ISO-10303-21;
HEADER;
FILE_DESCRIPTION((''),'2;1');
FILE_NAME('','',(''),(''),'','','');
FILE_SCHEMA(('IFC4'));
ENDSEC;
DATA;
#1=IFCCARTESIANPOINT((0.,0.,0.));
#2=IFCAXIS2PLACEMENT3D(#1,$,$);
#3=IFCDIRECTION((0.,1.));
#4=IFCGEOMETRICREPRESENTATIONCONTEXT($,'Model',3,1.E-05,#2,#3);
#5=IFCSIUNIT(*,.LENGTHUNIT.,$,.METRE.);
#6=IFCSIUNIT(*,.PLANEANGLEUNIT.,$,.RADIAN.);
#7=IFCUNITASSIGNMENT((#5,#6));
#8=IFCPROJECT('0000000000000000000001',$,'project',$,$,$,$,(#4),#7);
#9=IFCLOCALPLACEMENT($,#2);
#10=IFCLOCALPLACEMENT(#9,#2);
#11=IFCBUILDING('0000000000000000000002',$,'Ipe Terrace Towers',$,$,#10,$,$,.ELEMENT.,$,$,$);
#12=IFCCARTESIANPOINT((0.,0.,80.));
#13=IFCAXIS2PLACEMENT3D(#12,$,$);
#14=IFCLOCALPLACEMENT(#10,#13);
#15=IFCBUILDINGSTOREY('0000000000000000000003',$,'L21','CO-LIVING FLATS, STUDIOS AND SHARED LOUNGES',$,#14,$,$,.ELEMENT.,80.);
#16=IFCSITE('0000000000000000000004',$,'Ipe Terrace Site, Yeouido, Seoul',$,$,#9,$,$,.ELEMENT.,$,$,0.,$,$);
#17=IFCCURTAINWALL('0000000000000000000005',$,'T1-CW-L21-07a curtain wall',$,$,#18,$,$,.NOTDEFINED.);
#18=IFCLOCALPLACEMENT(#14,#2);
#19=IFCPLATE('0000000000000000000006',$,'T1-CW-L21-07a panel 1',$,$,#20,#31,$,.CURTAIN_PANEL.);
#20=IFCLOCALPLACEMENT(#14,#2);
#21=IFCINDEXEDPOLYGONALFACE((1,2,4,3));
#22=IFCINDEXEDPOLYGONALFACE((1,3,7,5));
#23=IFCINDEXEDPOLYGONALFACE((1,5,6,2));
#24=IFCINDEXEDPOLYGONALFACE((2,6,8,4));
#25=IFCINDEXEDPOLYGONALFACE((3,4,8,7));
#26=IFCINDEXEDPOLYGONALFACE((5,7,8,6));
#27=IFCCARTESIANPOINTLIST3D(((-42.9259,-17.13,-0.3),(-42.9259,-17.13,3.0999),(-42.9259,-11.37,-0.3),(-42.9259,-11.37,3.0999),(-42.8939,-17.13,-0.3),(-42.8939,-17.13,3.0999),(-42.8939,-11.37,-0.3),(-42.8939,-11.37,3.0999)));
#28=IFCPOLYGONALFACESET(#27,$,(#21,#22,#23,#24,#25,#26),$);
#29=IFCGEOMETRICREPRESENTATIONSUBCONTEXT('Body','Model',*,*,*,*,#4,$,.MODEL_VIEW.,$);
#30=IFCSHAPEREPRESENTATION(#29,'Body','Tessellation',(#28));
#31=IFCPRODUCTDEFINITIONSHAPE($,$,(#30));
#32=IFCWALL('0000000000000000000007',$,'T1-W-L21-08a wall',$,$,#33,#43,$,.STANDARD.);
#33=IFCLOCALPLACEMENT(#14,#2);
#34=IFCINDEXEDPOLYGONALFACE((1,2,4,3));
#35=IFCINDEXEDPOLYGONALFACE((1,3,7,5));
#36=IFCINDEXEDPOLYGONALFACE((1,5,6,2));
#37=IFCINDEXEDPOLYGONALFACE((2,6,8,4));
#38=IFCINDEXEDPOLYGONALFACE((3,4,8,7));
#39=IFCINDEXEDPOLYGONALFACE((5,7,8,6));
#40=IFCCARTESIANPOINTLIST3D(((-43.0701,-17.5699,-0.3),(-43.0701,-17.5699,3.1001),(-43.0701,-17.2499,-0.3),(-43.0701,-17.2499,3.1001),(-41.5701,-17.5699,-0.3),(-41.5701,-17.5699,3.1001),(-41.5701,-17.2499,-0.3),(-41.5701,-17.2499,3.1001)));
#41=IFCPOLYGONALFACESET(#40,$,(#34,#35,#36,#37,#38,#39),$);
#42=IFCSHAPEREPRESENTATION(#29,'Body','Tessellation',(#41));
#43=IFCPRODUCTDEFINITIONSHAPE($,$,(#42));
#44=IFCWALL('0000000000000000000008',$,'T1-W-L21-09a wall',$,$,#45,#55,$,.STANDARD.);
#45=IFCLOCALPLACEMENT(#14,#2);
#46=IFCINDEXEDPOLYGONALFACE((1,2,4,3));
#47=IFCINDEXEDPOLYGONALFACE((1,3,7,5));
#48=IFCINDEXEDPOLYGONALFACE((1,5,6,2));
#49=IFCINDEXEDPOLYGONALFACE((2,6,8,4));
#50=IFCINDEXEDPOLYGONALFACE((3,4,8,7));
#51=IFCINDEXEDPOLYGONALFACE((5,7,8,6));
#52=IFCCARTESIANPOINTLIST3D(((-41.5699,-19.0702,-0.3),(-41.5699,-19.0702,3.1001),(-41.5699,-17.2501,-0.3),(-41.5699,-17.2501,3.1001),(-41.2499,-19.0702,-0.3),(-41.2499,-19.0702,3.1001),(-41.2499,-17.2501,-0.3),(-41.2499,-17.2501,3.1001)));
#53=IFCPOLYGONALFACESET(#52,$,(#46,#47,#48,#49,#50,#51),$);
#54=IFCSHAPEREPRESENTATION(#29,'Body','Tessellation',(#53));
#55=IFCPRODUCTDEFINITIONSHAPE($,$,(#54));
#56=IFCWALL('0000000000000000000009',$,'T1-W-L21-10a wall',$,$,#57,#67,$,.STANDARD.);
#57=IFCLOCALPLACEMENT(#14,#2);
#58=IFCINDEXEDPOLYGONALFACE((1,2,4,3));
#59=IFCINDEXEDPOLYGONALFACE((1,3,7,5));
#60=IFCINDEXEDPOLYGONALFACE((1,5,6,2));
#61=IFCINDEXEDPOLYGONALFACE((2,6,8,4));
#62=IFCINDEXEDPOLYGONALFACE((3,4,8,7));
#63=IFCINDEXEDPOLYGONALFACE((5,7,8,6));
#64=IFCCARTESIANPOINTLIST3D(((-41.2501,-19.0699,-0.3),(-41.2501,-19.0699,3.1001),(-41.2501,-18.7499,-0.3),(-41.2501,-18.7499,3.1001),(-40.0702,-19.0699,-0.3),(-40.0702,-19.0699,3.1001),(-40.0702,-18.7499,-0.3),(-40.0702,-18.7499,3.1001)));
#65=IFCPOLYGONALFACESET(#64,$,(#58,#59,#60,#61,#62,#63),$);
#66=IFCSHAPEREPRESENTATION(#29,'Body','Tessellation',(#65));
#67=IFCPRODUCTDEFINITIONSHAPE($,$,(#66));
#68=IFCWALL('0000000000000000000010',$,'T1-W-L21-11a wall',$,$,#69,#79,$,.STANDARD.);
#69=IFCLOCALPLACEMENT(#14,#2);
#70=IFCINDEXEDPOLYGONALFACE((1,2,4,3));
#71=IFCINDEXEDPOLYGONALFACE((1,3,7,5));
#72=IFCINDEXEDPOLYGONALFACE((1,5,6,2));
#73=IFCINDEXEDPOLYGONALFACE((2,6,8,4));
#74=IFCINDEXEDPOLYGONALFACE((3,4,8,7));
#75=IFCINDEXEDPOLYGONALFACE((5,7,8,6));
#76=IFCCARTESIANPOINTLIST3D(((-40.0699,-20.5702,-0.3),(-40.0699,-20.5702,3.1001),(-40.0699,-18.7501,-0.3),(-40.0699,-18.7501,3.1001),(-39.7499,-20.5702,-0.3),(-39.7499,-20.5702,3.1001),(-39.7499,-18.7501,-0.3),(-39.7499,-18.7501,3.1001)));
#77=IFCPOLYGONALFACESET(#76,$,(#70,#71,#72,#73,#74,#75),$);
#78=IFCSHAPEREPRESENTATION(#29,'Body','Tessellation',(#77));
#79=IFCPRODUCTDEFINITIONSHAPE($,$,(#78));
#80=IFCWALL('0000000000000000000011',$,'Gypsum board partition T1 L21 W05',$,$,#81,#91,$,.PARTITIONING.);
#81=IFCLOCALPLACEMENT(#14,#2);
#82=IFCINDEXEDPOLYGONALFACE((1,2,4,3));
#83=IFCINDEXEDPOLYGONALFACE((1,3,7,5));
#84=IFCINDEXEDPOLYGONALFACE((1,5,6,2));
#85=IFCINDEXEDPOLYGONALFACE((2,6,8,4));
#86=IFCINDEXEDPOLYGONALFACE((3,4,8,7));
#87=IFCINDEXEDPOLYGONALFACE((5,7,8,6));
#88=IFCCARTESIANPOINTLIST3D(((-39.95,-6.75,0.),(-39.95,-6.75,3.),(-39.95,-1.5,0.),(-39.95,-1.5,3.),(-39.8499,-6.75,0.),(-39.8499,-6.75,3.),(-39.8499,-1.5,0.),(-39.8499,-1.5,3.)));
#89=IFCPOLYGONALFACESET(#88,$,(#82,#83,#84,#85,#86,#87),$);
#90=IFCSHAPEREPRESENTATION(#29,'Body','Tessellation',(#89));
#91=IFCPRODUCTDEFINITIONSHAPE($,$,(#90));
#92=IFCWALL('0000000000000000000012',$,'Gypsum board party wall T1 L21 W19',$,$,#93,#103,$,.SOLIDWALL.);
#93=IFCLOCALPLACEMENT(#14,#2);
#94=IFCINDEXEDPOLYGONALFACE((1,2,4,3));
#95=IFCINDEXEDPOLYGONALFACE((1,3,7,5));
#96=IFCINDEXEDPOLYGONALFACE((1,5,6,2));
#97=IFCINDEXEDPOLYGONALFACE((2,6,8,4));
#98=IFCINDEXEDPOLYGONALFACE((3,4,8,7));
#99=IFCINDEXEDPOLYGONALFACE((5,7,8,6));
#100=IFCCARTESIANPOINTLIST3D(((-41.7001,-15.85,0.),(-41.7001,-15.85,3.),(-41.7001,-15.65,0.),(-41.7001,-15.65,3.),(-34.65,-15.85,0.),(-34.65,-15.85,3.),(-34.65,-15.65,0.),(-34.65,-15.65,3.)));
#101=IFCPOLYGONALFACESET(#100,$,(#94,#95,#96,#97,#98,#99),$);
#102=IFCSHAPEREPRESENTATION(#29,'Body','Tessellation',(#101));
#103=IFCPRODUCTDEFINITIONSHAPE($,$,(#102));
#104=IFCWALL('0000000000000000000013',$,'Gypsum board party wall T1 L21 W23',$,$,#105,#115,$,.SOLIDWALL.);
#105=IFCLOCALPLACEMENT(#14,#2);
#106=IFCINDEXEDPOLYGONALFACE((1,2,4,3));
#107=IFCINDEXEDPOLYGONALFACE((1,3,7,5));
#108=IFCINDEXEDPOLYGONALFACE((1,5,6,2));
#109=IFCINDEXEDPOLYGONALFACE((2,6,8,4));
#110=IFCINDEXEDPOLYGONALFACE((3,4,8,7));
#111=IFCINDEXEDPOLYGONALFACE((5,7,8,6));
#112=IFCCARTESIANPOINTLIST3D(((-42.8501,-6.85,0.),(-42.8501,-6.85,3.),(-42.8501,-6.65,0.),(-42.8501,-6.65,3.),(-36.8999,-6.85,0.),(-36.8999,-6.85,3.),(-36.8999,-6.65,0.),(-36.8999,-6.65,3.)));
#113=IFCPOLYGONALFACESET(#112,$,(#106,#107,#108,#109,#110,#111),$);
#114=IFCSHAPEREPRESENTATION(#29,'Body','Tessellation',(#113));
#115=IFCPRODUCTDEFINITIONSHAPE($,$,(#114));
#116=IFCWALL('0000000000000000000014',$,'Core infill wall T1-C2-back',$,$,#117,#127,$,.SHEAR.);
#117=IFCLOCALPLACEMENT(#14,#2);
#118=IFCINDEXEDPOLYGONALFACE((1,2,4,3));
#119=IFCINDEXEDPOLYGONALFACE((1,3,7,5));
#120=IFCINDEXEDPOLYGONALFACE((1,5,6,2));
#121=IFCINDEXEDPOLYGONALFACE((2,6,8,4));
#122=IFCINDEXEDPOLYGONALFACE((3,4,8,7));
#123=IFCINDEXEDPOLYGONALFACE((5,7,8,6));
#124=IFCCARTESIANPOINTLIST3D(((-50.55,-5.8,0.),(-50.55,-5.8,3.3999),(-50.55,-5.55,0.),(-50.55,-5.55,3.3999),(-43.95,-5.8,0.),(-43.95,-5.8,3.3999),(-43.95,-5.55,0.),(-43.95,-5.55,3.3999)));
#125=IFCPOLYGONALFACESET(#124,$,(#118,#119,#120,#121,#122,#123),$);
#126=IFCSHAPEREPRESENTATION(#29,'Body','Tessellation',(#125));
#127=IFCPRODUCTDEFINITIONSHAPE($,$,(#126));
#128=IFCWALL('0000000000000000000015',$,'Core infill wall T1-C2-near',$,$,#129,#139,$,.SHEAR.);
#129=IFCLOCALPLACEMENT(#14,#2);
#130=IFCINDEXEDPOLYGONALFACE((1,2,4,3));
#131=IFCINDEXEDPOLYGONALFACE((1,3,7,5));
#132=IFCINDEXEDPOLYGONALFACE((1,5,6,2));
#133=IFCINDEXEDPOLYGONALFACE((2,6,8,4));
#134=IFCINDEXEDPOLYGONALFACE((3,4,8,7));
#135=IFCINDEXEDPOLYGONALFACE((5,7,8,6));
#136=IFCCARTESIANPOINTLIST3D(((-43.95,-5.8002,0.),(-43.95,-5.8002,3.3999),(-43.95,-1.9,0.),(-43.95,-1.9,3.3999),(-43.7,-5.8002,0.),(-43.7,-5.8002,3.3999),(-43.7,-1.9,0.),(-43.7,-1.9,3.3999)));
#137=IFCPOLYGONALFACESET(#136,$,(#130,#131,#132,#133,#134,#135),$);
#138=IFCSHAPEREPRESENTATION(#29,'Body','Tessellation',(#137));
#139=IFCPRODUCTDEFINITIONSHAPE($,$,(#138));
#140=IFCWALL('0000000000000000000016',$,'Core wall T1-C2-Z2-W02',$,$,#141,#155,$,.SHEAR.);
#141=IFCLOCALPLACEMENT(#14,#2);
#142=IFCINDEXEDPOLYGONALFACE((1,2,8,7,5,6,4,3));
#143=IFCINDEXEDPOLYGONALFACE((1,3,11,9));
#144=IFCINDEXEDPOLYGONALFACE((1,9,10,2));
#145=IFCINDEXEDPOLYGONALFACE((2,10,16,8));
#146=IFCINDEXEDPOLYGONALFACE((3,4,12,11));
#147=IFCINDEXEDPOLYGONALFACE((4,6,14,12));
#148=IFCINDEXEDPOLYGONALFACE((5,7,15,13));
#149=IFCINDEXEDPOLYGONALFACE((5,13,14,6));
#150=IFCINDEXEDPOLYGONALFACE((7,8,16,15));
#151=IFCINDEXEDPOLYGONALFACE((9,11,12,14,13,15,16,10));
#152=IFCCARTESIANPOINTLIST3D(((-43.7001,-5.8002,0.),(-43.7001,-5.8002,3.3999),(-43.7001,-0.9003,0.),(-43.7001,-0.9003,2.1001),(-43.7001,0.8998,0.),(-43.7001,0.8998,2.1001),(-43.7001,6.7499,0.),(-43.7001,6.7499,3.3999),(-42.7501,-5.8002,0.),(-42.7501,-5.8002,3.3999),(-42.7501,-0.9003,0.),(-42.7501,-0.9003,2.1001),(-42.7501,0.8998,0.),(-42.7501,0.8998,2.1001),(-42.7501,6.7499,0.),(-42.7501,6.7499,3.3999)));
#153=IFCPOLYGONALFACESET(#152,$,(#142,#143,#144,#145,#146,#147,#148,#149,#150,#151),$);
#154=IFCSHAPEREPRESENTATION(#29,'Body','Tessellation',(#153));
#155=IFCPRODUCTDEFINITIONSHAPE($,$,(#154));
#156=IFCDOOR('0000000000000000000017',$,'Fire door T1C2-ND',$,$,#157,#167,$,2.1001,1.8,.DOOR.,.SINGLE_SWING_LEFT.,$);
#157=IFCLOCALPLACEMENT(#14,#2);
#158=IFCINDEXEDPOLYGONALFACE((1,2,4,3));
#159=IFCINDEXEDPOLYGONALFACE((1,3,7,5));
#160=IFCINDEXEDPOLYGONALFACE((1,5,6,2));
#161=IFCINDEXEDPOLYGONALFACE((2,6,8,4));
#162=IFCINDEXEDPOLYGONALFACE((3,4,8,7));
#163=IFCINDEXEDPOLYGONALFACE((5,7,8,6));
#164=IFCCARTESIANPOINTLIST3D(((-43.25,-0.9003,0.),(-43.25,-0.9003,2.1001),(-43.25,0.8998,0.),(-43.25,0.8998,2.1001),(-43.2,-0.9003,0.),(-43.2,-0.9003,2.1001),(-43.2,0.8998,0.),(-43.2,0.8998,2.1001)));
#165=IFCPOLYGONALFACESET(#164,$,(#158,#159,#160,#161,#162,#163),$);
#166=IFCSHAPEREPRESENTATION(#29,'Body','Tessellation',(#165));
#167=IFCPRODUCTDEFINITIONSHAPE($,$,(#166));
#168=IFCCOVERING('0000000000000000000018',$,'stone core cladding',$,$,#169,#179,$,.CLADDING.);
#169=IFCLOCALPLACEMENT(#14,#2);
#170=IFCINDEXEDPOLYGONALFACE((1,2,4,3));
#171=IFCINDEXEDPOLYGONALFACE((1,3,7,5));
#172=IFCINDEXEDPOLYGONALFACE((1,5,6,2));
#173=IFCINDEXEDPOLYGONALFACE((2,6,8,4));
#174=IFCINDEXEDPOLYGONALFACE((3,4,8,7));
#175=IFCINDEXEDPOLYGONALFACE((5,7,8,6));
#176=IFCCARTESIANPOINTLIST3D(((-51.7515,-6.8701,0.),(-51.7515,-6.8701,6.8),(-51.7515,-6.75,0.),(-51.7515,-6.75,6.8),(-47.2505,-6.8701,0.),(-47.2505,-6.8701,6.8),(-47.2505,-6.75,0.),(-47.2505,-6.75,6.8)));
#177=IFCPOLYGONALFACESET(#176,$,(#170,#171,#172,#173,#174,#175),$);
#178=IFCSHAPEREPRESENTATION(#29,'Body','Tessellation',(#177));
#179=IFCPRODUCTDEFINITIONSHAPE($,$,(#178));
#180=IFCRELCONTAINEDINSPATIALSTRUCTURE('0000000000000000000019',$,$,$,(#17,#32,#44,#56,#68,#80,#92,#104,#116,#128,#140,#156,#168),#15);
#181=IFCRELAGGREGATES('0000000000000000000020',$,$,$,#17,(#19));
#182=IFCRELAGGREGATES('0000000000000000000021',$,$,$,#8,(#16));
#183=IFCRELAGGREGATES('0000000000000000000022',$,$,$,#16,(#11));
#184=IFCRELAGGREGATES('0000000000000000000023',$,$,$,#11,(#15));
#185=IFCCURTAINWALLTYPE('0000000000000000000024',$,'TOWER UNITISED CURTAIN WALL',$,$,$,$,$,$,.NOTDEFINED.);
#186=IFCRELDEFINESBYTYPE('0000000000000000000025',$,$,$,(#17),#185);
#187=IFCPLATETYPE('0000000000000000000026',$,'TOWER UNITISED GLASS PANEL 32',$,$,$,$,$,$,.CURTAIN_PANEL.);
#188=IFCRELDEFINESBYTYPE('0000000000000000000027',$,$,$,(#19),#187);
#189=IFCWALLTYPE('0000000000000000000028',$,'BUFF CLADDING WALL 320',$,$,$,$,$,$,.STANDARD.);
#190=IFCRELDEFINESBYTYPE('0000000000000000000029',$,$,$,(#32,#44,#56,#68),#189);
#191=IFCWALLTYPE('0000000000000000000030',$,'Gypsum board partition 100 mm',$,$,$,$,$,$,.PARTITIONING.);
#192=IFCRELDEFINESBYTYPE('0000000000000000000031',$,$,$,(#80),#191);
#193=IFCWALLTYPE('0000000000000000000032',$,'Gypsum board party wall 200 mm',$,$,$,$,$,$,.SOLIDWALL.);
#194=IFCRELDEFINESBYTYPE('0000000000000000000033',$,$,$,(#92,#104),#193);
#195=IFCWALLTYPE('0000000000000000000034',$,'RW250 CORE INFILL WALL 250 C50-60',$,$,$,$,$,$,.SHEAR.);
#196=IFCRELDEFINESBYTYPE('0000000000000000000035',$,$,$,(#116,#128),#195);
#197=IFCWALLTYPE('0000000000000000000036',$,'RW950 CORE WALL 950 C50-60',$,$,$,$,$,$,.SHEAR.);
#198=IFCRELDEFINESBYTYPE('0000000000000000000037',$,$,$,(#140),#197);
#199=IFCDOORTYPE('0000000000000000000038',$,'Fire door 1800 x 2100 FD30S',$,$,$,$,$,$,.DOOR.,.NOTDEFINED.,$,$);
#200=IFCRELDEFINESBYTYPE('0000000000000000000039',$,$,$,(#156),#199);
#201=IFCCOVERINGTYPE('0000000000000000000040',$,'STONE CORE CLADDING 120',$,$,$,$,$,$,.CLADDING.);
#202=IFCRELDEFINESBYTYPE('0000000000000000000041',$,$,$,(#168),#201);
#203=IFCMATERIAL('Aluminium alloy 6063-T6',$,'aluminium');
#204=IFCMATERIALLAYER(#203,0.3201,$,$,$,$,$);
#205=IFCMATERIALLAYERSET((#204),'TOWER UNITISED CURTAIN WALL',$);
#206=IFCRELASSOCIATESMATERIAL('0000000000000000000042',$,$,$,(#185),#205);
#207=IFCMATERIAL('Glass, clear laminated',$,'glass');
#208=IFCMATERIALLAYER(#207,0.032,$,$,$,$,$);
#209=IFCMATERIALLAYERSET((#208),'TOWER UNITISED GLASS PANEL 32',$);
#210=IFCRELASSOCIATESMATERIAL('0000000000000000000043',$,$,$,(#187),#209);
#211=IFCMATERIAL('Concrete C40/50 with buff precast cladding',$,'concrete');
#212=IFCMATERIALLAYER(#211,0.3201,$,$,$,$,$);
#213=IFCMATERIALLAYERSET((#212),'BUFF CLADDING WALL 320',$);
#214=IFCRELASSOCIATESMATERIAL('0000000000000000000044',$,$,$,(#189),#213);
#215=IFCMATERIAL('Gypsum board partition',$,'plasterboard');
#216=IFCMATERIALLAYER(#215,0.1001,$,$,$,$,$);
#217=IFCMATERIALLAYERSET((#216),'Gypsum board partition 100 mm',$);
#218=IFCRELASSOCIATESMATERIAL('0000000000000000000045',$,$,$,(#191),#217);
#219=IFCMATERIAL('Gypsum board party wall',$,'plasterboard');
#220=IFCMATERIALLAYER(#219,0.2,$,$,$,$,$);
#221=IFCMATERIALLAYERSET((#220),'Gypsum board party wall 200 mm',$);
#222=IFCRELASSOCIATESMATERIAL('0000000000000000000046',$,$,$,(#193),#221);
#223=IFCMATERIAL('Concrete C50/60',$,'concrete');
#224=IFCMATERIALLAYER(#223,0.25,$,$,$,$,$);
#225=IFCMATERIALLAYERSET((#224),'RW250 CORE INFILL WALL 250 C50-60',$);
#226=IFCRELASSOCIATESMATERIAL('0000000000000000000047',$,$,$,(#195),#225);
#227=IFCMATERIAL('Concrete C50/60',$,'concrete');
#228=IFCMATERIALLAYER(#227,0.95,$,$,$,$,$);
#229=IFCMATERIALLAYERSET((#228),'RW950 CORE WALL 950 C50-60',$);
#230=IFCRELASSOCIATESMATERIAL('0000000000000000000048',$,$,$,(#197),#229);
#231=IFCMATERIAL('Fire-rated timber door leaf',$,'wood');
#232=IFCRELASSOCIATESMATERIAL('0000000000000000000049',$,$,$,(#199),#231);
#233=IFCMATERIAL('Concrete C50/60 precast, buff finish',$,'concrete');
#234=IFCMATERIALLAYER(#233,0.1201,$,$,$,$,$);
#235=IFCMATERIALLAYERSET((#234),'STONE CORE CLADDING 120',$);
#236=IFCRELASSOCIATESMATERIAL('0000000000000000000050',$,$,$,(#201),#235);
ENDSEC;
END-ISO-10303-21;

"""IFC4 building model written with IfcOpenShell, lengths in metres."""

from ifc_helpers import new_model, si_unit, direction, frame, frame_2d, origin, origin_2d, place, context, subcontext, project, spatial, rectangle, extrude, material, layer, layer_set, type_object, element, fill, aggregate, save


model = new_model("IFC4")

# Units and contexts
model_context = context("Model", 3, precision=1e-05, world=origin(), true_north=direction((0.0, 1.0)))
body_context = subcontext(model_context, "Body", "Model", "MODEL_VIEW")
ifc_project = project(units=[si_unit("LENGTHUNIT", "METRE"), si_unit("PLANEANGLEUNIT", "RADIAN")], contexts=[model_context])

# Site, building, storey
site_placement = place(None, origin())
site = spatial("IfcSite", under=ifc_project, at=site_placement, Name="Ipe Terrace Site, Yeouido, Seoul", CompositionType="ELEMENT", RefElevation=0.0)
building_placement = place(site_placement, origin())
building = spatial("IfcBuilding", under=site, at=building_placement, Name="Ipe Terrace Towers", CompositionType="ELEMENT")
storey_placement = place(building_placement, frame((0.0, 0.0, 80.0)))
storey = spatial("IfcBuildingStorey", under=building, at=storey_placement, Name="L21", Description="CO-LIVING FLATS, STUDIOS AND SHARED LOUNGES", CompositionType="ELEMENT", Elevation=80.0)

# Curtain wall
ifc_material_1 = material(Name="Aluminium alloy 6063-T6", Category="aluminium")
ifc_layer_1 = layer(ifc_material_1, 0.3201)
ifc_layer_set_1 = layer_set([ifc_layer_1], Name="TOWER UNITISED CURTAIN WALL")
curtain_wall_type = type_object("IfcCurtainWallType", Name="TOWER UNITISED CURTAIN WALL", PredefinedType="NOTDEFINED", material=ifc_layer_set_1)
curtain_wall_1_placement = place(storey_placement, origin())
curtain_wall_1 = element("IfcCurtainWall", 1, at=curtain_wall_1_placement, inside=storey, type_object=curtain_wall_type, Name="T1-CW-L21-07a curtain wall", PredefinedType="NOTDEFINED")

# Plate
ifc_material_2 = material(Name="Glass, clear laminated", Category="glass")
ifc_layer_2 = layer(ifc_material_2, 0.032)
ifc_layer_set_2 = layer_set([ifc_layer_2], Name="TOWER UNITISED GLASS PANEL 32")
plate_type = type_object("IfcPlateType", Name="TOWER UNITISED GLASS PANEL 32", PredefinedType="CURTAIN_PANEL", material=ifc_layer_set_2)
plate_1_placement = place(storey_placement, frame((-42.9099, -14.25, -0.3), z_axis=(0.0, 0.0, 1.0), x_axis=(0.0, -1.0, 0.0)))
plate_1 = element("IfcPlate", 2, at=plate_1_placement, type_object=plate_type, Name="T1-CW-L21-07a panel 1", PredefinedType="CURTAIN_PANEL", context=body_context, shape_type="SweptSolid", body=[
    extrude(rectangle(XDim=5.76, YDim=0.032, at=origin_2d()), origin(), (0.0, 0.0, 1.0), 3.3999),
])
aggregate(curtain_wall_1, [plate_1])

# Walls
ifc_material_3 = material(Name="Concrete C40/50 with buff precast cladding", Category="concrete")
ifc_layer_3 = layer(ifc_material_3, 0.3201)
ifc_layer_set_3 = layer_set([ifc_layer_3], Name="BUFF CLADDING WALL 320")
wall_type_1 = type_object("IfcWallType", Name="BUFF CLADDING WALL 320", PredefinedType="STANDARD", material=ifc_layer_set_3)
wall_1_placement = place(storey_placement, frame((-43.0701, -17.4099, -0.3), z_axis=(0.0, 0.0, 1.0), x_axis=(1.0, 0.0, 0.0)))
element("IfcWall", 3, at=wall_1_placement, inside=storey, type_object=wall_type_1, Name="T1-W-L21-08a wall", PredefinedType="STANDARD", context=body_context, shape_type="SweptSolid", body=[
    extrude(rectangle(XDim=1.5, YDim=0.3201, at=frame_2d((0.75, 0.0))), origin(), (0.0, 0.0, 1.0), 3.4001),
])
wall_2_placement = place(storey_placement, frame((-41.4099, -17.25, -0.3), z_axis=(0.0, 0.0, 1.0), x_axis=(0.0, -1.0, 0.0)))
element("IfcWall", 4, at=wall_2_placement, inside=storey, type_object=wall_type_1, Name="T1-W-L21-09a wall", PredefinedType="STANDARD", context=body_context, shape_type="SweptSolid", body=[
    extrude(rectangle(XDim=1.8201, YDim=0.3201, at=frame_2d((0.9102, 0.0))), origin(), (0.0, 0.0, 1.0), 3.4001),
])
wall_3_placement = place(storey_placement, frame((-41.25, -18.9099, -0.3), z_axis=(0.0, 0.0, 1.0), x_axis=(1.0, 0.0, 0.0)))
element("IfcWall", 5, at=wall_3_placement, inside=storey, type_object=wall_type_1, Name="T1-W-L21-10a wall", PredefinedType="STANDARD", context=body_context, shape_type="SweptSolid", body=[
    extrude(rectangle(XDim=1.1799, YDim=0.3201, at=frame_2d((0.5898, 0.0))), origin(), (0.0, 0.0, 1.0), 3.4001),
])
wall_4_placement = place(storey_placement, frame((-39.9099, -18.75, -0.3), z_axis=(0.0, 0.0, 1.0), x_axis=(0.0, -1.0, 0.0)))
element("IfcWall", 6, at=wall_4_placement, inside=storey, type_object=wall_type_1, Name="T1-W-L21-11a wall", PredefinedType="STANDARD", context=body_context, shape_type="SweptSolid", body=[
    extrude(rectangle(XDim=1.8201, YDim=0.3201, at=frame_2d((0.9102, 0.0))), origin(), (0.0, 0.0, 1.0), 3.4001),
])
ifc_material_4 = material(Name="Gypsum board partition", Category="plasterboard")
ifc_layer_4 = layer(ifc_material_4, 0.1001)
ifc_layer_set_4 = layer_set([ifc_layer_4], Name="Gypsum board partition 100 mm")
wall_type_2 = type_object("IfcWallType", Name="Gypsum board partition 100 mm", PredefinedType="PARTITIONING", material=ifc_layer_set_4)
wall_5_placement = place(storey_placement, frame((-39.8999, -6.75, 0.0), z_axis=(0.0, 0.0, 1.0), x_axis=(0.0, 1.0, 0.0)))
element("IfcWall", 7, at=wall_5_placement, inside=storey, type_object=wall_type_2, Name="Gypsum board partition T1 L21 W05", PredefinedType="PARTITIONING", context=body_context, shape_type="SweptSolid", body=[
    extrude(rectangle(XDim=5.25, YDim=0.1001, at=frame_2d((2.625, 0.0))), origin(), (0.0, 0.0, 1.0), 3.0),
])
ifc_material_5 = material(Name="Gypsum board party wall", Category="plasterboard")
ifc_layer_5 = layer(ifc_material_5, 0.2)
ifc_layer_set_5 = layer_set([ifc_layer_5], Name="Gypsum board party wall 200 mm")
wall_type_3 = type_object("IfcWallType", Name="Gypsum board party wall 200 mm", PredefinedType="SOLIDWALL", material=ifc_layer_set_5)
wall_6_placement = place(storey_placement, frame((-41.7, -15.75, 0.0), z_axis=(0.0, 0.0, 1.0), x_axis=(1.0, 0.0, 0.0)))
element("IfcWall", 8, at=wall_6_placement, inside=storey, type_object=wall_type_3, Name="Gypsum board party wall T1 L21 W19", PredefinedType="SOLIDWALL", context=body_context, shape_type="SweptSolid", body=[
    extrude(rectangle(XDim=7.05, YDim=0.2, at=frame_2d((3.5249, 0.0))), origin(), (0.0, 0.0, 1.0), 3.0),
])
wall_7_placement = place(storey_placement, frame((-42.8501, -6.75, 0.0), z_axis=(0.0, 0.0, 1.0), x_axis=(1.0, 0.0, 0.0)))
element("IfcWall", 9, at=wall_7_placement, inside=storey, type_object=wall_type_3, Name="Gypsum board party wall T1 L21 W23", PredefinedType="SOLIDWALL", context=body_context, shape_type="SweptSolid", body=[
    extrude(rectangle(XDim=5.9502, YDim=0.2, at=frame_2d((2.9751, 0.0))), origin(), (0.0, 0.0, 1.0), 3.0),
])
ifc_material_6 = material(Name="Concrete C50/60", Category="concrete")
ifc_layer_6 = layer(ifc_material_6, 0.25)
ifc_layer_set_6 = layer_set([ifc_layer_6], Name="RW250 CORE INFILL WALL 250 C50-60")
wall_type_4 = type_object("IfcWallType", Name="RW250 CORE INFILL WALL 250 C50-60", PredefinedType="SHEAR", material=ifc_layer_set_6)
wall_8_placement = place(storey_placement, frame((-43.95, -5.675, 0.0), z_axis=(0.0, 0.0, 1.0), x_axis=(-1.0, 0.0, 0.0)))
element("IfcWall", 10, at=wall_8_placement, inside=storey, type_object=wall_type_4, Name="Core infill wall T1-C2-back", PredefinedType="SHEAR", context=body_context, shape_type="SweptSolid", body=[
    extrude(rectangle(XDim=6.6001, YDim=0.25, at=frame_2d((3.3, 0.0))), origin(), (0.0, 0.0, 1.0), 3.3999),
])
wall_9_placement = place(storey_placement, frame((-43.825, -1.8999, 0.0), z_axis=(0.0, 0.0, 1.0), x_axis=(0.0, -1.0, 0.0)))
element("IfcWall", 11, at=wall_9_placement, inside=storey, type_object=wall_type_4, Name="Core infill wall T1-C2-near", PredefinedType="SHEAR", context=body_context, shape_type="SweptSolid", body=[
    extrude(rectangle(XDim=3.9001, YDim=0.25, at=frame_2d((1.9502, 0.0))), origin(), (0.0, 0.0, 1.0), 3.3999),
])

# Wall, opening, door
ifc_material_7 = material(Name="Concrete C50/60", Category="concrete")
ifc_layer_7 = layer(ifc_material_7, 0.95)
ifc_layer_set_7 = layer_set([ifc_layer_7], Name="RW950 CORE WALL 950 C50-60")
wall_type_5 = type_object("IfcWallType", Name="RW950 CORE WALL 950 C50-60", PredefinedType="SHEAR", material=ifc_layer_set_7)
wall_10_placement = place(storey_placement, frame((-43.2251, -5.8, 0.0), z_axis=(0.0, 0.0, 1.0), x_axis=(0.0, 1.0, 0.0)))
wall_10 = element("IfcWall", 12, at=wall_10_placement, inside=storey, type_object=wall_type_5, Name="Core wall T1-C2-Z2-W02", PredefinedType="SHEAR", context=body_context, shape_type="SweptSolid", body=[
    extrude(rectangle(XDim=12.55, YDim=0.95, at=frame_2d((6.2749, 0.0))), origin(), (0.0, 0.0, 1.0), 3.3999),
])
opening_placement = place(wall_10_placement, frame((4.8999, 0.0, 0.0)))
opening = element("IfcOpeningElement", 13, at=opening_placement, cuts=wall_10, PredefinedType="OPENING", context=body_context, shape_type="SweptSolid", body=[
    extrude(rectangle(XDim=1.8, YDim=2.1001, at=frame_2d((0.8999, 1.05))), frame((0.0, 0.4849, 0.0), z_axis=(0.0, -1.0, 0.0), x_axis=(1.0, 0.0, 0.0)), (0.0, 0.0, 1.0), 0.97),
])
ifc_material_8 = material(Name="Fire-rated timber door leaf", Category="wood")
door_type = type_object("IfcDoorType", Name="Fire door 1800 x 2100 FD30S", OperationType="NOTDEFINED", PredefinedType="DOOR", material=ifc_material_8)
door_placement = place(opening_placement, origin())
door = element("IfcDoor", 14, at=door_placement, inside=storey, type_object=door_type, Name="Fire door T1C2-ND", OperationType="SINGLE_SWING_LEFT", OverallHeight=2.1001, OverallWidth=1.8, PredefinedType="DOOR", context=body_context, shape_type="SweptSolid", body=[
    extrude(rectangle(XDim=1.8, YDim=2.1001, at=frame_2d((0.8999, 1.05))), frame((0.0, 0.0249, 0.0), z_axis=(0.0, -1.0, 0.0), x_axis=(1.0, 0.0, 0.0)), (0.0, 0.0, 1.0), 0.05),
])
fill(opening, door)

# Covering
ifc_material_9 = material(Name="Concrete C50/60 precast, buff finish", Category="concrete")
ifc_layer_8 = layer(ifc_material_9, 0.1201)
ifc_layer_set_8 = layer_set([ifc_layer_8], Name="STONE CORE CLADDING 120")
covering_type_1 = type_object("IfcCoveringType", Name="STONE CORE CLADDING 120", PredefinedType="CLADDING", material=ifc_layer_set_8)
covering_1_placement = place(storey_placement, frame((-49.501, -6.8101, 0.0), z_axis=(0.0, 0.0, 1.0), x_axis=(1.0, 0.0, 0.0)))
element("IfcCovering", 15, at=covering_1_placement, inside=storey, type_object=covering_type_1, Name="stone core cladding", PredefinedType="CLADDING", context=body_context, shape_type="SweptSolid", body=[
    extrude(rectangle(XDim=4.501, YDim=0.1201, at=origin_2d()), origin(), (0.0, 0.0, 1.0), 6.8),
])

save(model, "model.ifc")
